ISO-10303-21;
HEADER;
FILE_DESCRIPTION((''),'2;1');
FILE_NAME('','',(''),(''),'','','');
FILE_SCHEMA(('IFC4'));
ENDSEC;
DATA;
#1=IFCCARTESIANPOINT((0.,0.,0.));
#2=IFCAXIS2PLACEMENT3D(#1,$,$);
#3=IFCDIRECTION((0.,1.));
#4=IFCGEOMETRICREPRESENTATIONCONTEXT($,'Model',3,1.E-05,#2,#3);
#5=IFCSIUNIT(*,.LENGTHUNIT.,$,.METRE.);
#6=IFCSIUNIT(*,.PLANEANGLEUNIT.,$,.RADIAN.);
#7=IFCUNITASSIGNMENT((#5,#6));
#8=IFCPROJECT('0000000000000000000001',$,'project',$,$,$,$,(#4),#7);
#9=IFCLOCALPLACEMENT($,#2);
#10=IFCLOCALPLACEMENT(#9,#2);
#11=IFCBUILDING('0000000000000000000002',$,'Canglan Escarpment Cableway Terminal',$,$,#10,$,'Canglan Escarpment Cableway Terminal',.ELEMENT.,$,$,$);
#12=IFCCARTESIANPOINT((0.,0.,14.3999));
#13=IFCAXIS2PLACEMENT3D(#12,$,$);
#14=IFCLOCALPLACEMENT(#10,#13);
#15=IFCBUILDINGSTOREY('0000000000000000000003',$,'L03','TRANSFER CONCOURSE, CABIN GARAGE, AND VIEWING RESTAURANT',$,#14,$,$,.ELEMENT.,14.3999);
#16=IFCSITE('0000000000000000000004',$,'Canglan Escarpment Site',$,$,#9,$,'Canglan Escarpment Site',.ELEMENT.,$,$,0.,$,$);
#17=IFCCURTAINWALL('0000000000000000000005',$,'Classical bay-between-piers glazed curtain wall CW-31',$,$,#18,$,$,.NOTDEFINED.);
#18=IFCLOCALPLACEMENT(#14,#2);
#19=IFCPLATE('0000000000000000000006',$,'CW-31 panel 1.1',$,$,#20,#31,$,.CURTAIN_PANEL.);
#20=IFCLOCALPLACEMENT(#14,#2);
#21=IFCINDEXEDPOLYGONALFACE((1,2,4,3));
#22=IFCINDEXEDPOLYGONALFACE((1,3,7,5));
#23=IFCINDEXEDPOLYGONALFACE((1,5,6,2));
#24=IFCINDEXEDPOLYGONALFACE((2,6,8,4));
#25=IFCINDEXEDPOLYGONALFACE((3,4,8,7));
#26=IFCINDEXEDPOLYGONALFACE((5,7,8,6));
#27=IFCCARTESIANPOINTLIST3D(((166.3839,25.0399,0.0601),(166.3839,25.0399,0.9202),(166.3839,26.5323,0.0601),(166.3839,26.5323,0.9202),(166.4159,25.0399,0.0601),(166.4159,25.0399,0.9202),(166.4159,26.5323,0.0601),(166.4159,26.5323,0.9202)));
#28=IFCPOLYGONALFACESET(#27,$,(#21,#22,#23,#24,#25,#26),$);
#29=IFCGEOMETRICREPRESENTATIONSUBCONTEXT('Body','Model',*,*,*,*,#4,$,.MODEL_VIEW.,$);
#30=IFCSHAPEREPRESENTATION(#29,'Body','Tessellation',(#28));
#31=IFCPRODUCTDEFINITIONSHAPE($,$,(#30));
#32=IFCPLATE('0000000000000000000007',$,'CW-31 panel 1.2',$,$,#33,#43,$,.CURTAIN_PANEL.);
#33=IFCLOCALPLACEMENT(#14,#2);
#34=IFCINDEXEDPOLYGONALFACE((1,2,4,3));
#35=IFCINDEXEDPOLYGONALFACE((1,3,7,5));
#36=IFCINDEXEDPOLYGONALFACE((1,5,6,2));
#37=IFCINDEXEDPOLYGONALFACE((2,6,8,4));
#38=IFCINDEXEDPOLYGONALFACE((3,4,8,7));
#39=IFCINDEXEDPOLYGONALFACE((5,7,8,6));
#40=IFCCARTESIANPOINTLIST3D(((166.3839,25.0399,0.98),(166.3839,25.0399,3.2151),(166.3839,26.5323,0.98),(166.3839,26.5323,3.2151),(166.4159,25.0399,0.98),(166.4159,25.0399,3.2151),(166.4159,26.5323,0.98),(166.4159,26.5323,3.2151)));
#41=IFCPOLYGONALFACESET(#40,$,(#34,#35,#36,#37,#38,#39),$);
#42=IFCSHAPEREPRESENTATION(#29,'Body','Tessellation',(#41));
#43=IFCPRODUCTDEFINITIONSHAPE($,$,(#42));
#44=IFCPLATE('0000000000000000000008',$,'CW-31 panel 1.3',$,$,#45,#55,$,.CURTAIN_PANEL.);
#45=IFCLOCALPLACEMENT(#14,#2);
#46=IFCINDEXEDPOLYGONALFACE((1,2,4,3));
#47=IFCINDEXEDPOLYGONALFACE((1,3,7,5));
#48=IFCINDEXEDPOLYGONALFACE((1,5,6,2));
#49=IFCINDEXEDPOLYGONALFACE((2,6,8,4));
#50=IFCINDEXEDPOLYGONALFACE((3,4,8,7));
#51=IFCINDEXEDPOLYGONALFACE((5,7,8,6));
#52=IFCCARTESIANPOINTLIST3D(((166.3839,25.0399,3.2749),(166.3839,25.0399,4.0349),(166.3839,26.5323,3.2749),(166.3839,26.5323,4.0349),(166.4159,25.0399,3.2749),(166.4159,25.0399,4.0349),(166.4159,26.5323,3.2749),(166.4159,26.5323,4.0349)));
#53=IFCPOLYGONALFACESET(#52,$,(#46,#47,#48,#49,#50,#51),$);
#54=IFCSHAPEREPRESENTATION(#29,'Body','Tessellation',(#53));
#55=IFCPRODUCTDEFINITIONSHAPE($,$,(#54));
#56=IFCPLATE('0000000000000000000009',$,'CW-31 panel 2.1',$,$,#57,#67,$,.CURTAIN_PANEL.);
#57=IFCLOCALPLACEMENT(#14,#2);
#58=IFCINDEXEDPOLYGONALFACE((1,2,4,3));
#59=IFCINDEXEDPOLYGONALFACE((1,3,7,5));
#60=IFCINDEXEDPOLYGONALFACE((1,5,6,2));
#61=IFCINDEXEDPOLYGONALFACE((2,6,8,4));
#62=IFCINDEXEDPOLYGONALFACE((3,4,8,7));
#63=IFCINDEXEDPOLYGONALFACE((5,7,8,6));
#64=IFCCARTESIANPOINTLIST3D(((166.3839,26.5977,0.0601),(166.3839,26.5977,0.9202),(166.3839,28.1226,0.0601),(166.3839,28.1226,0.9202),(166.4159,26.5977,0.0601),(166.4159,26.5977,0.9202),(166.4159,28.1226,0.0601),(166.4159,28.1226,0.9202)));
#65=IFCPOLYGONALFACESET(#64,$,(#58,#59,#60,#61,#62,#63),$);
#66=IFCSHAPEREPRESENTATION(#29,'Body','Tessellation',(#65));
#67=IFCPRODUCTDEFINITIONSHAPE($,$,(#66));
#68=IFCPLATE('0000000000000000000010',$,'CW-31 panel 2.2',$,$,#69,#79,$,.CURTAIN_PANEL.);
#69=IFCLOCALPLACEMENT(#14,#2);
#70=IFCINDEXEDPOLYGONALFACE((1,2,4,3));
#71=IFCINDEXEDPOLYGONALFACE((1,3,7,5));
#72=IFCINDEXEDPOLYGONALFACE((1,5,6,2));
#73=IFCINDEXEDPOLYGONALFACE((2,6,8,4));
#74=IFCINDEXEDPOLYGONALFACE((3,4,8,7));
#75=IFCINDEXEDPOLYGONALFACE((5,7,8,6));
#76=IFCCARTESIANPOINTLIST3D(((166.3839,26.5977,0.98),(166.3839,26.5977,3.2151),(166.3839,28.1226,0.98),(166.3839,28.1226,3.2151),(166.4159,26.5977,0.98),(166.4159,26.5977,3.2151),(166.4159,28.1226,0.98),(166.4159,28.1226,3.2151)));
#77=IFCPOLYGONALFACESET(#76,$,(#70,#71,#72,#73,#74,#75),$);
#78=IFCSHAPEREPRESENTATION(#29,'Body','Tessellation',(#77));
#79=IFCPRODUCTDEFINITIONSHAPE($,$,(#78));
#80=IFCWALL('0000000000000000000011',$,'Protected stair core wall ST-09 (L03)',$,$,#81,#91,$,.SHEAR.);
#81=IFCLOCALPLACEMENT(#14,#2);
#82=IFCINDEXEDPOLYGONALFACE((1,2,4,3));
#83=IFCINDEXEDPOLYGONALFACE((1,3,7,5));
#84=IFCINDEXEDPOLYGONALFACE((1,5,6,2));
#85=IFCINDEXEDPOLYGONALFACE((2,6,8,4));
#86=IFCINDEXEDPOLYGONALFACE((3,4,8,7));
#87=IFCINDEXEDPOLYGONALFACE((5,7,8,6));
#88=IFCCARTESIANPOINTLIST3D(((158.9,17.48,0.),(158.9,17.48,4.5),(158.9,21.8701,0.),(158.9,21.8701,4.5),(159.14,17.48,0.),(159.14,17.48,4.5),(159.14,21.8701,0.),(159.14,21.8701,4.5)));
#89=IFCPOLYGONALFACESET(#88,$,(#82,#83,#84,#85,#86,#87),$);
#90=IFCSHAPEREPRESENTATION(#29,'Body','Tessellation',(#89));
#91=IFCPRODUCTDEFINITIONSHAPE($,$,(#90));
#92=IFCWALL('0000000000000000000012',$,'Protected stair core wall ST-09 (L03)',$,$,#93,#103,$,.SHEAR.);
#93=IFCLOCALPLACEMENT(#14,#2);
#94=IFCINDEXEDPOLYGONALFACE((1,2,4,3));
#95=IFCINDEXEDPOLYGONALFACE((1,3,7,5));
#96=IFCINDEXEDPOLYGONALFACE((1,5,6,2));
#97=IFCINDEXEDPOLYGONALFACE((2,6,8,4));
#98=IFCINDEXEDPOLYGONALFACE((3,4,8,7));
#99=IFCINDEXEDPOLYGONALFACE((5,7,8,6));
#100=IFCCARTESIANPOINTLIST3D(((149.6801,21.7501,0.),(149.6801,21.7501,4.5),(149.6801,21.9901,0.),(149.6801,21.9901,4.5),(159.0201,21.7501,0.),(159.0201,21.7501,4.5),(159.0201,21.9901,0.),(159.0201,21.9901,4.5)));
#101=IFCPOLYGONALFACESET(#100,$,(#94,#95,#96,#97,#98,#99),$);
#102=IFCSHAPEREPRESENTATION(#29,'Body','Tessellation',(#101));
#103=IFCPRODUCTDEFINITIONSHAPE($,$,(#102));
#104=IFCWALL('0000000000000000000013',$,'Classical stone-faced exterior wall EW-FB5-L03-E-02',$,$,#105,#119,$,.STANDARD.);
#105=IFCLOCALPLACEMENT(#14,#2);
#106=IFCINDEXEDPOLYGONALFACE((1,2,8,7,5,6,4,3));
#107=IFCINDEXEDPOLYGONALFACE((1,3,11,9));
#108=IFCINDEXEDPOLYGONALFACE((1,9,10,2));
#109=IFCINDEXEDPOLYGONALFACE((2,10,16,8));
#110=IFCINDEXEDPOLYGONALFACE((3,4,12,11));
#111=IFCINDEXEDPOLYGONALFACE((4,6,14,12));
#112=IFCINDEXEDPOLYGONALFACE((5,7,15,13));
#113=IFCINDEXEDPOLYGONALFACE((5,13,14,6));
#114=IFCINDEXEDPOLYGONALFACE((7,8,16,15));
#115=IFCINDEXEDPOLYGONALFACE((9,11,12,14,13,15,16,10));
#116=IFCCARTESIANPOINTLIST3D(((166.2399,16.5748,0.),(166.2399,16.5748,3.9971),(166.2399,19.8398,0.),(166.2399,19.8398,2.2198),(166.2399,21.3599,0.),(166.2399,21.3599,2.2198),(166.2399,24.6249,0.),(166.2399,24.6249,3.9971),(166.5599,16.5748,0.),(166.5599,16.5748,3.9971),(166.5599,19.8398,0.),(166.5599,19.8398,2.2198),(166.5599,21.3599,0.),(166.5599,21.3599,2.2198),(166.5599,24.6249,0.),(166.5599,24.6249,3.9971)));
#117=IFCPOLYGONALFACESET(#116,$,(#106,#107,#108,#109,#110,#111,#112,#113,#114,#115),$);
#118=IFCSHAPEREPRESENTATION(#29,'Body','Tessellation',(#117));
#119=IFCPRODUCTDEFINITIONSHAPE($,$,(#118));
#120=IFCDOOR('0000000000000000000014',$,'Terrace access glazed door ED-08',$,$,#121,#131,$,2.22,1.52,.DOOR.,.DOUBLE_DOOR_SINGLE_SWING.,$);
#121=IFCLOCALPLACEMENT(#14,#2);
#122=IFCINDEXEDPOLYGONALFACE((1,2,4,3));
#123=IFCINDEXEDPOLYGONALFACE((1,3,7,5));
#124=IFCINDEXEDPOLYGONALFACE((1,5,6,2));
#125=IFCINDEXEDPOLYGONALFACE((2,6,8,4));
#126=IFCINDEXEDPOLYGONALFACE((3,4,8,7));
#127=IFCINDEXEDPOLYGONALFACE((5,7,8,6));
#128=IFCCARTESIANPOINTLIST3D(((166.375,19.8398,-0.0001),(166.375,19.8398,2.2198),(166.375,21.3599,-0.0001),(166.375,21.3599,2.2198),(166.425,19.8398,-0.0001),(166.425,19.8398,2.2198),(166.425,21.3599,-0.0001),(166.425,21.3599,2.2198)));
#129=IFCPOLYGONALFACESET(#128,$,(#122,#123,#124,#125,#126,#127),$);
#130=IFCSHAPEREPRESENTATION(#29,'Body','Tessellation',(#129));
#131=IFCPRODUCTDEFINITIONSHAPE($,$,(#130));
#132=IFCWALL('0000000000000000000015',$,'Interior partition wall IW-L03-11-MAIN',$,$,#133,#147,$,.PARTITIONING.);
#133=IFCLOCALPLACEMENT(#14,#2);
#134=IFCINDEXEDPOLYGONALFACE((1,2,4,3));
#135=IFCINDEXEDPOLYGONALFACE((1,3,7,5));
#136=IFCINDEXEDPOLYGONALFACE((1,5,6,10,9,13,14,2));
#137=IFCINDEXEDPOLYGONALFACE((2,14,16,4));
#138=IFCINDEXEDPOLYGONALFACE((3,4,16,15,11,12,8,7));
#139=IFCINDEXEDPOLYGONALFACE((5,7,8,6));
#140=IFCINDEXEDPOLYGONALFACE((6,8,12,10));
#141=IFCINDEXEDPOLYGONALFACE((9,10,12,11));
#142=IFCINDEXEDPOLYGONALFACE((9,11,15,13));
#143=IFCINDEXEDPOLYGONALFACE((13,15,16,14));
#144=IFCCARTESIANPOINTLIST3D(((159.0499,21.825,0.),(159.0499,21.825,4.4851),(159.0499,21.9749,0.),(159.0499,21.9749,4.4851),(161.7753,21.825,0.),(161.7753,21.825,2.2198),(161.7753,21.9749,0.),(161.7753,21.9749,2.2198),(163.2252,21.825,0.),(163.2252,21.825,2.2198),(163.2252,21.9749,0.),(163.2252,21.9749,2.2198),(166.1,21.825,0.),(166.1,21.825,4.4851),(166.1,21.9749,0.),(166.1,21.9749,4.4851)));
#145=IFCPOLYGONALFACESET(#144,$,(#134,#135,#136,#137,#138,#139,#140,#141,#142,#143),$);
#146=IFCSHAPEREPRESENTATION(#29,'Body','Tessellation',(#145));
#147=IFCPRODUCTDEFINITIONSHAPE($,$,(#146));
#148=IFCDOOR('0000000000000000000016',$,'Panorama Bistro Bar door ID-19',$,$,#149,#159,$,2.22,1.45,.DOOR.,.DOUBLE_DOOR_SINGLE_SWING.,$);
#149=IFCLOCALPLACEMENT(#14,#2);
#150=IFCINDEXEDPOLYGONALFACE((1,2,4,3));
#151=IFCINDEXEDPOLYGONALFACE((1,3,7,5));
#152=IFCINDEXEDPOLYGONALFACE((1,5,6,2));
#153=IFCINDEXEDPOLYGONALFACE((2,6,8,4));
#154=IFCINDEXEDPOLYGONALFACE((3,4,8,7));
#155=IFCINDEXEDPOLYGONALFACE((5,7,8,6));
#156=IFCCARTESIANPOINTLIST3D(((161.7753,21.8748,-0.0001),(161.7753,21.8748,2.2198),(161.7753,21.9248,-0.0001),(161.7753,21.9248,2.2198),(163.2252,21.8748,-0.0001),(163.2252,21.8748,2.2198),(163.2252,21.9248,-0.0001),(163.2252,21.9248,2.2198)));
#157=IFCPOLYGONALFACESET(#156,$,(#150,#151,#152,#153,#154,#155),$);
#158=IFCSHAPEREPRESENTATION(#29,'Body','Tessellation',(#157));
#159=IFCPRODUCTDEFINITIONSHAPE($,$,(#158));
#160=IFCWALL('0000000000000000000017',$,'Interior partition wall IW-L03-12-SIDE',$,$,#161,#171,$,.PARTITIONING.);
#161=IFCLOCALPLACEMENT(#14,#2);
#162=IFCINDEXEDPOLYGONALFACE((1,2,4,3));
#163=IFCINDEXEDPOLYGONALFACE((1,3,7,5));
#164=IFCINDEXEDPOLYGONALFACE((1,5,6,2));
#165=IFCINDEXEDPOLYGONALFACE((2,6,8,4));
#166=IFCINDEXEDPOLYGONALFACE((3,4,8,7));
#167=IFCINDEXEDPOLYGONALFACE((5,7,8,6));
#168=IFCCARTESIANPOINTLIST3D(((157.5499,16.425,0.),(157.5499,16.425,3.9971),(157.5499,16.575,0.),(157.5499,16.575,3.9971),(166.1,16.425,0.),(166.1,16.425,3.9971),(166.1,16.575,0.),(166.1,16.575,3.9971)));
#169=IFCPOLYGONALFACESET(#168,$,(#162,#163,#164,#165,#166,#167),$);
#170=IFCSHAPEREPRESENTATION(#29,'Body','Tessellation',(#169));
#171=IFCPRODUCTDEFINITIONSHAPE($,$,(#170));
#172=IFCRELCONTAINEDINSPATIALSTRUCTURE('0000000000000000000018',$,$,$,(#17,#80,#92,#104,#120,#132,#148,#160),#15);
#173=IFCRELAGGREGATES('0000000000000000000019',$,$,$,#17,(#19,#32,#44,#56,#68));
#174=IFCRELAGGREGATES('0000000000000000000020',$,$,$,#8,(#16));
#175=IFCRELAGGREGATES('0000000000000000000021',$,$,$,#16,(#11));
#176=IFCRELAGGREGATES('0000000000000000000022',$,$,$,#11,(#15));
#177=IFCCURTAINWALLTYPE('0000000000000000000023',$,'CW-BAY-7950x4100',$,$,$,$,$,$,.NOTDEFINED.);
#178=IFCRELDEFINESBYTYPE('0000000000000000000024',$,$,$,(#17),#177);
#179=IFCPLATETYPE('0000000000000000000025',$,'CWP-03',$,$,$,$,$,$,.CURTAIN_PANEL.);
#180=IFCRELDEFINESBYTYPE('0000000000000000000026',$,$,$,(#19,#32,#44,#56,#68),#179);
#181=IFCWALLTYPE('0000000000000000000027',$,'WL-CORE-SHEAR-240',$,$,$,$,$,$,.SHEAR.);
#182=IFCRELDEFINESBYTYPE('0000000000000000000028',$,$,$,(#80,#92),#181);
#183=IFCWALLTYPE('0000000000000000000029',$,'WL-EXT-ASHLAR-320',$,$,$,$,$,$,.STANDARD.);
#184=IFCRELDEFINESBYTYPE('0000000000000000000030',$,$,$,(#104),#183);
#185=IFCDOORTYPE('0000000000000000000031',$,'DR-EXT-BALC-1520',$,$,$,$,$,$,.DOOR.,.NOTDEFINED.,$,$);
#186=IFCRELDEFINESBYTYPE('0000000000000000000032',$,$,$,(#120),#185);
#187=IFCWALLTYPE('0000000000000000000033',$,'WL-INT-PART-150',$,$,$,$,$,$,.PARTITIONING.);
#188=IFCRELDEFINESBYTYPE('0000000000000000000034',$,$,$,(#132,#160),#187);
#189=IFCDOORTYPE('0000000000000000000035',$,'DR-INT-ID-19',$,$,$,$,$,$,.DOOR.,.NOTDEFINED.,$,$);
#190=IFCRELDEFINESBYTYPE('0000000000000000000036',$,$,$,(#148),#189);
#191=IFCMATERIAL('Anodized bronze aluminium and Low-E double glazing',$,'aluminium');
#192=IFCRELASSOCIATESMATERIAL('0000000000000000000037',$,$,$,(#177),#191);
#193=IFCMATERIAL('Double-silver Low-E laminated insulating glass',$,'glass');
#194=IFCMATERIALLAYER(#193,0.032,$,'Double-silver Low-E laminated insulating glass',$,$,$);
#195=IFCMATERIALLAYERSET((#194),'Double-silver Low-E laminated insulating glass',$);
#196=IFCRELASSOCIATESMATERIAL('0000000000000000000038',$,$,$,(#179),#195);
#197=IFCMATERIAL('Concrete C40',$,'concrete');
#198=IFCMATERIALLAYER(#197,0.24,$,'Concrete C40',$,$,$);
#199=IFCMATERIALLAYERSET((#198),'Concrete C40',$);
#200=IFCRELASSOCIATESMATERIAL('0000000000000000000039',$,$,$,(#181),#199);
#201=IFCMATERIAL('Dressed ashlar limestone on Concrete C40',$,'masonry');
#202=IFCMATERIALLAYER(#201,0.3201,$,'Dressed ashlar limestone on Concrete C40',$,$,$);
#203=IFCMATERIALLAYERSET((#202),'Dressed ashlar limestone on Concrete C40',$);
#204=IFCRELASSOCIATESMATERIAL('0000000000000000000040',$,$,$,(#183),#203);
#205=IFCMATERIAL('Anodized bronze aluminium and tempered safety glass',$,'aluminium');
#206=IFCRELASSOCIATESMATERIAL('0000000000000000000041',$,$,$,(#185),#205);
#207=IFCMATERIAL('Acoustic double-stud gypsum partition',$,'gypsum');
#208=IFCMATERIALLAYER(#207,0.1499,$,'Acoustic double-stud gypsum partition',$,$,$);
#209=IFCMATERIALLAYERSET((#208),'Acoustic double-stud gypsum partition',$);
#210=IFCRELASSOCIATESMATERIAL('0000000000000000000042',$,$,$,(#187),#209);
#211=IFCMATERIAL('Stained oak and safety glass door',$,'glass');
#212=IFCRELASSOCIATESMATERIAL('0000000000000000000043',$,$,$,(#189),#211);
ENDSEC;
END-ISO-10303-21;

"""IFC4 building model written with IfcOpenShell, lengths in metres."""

from ifc_helpers import new_model, si_unit, direction, frame, frame_2d, origin, origin_2d, place, context, subcontext, project, spatial, rectangle, extrude, material, layer, layer_set, type_object, element, fill, aggregate, save


model = new_model("IFC4")

# Units and contexts
model_context = context("Model", 3, precision=1e-05, world=origin(), true_north=direction((0.0, 1.0)))
body_context = subcontext(model_context, "Body", "Model", "MODEL_VIEW")
ifc_project = project(units=[si_unit("LENGTHUNIT", "METRE"), si_unit("PLANEANGLEUNIT", "RADIAN")], contexts=[model_context])

# Site, building, storey
site_placement = place(None, origin())
site = spatial("IfcSite", under=ifc_project, at=site_placement, Name="Canglan Escarpment Site", LongName="Canglan Escarpment Site", CompositionType="ELEMENT", RefElevation=0.0)
building_placement = place(site_placement, origin())
building = spatial("IfcBuilding", under=site, at=building_placement, Name="Canglan Escarpment Cableway Terminal", LongName="Canglan Escarpment Cableway Terminal", CompositionType="ELEMENT")
storey_placement = place(building_placement, frame((0.0, 0.0, 14.3999)))
storey = spatial("IfcBuildingStorey", under=building, at=storey_placement, Name="L03", Description="TRANSFER CONCOURSE, CABIN GARAGE, AND VIEWING RESTAURANT", CompositionType="ELEMENT", Elevation=14.3999)

# Curtain wall
ifc_material_1 = material(Name="Anodized bronze aluminium and Low-E double glazing", Category="aluminium")
curtain_wall_type = type_object("IfcCurtainWallType", Name="CW-BAY-7950x4100", PredefinedType="NOTDEFINED", material=ifc_material_1)
curtain_wall_placement = place(storey_placement, origin())
curtain_wall = element("IfcCurtainWall", 1, at=curtain_wall_placement, inside=storey, type_object=curtain_wall_type, Name="Classical bay-between-piers glazed curtain wall CW-31", PredefinedType="NOTDEFINED")

# Plates
ifc_material_2 = material(Name="Double-silver Low-E laminated insulating glass", Category="glass")
ifc_layer_1 = layer(ifc_material_2, 0.032, Name="Double-silver Low-E laminated insulating glass")
ifc_layer_set_1 = layer_set([ifc_layer_1], Name="Double-silver Low-E laminated insulating glass")
plate_type = type_object("IfcPlateType", Name="CWP-03", PredefinedType="CURTAIN_PANEL", material=ifc_layer_set_1)
plate_1_placement = place(storey_placement, frame((166.3999, 25.7861, 0.0601), z_axis=(0.0, 0.0, 1.0), x_axis=(0.0, 1.0, 0.0)))
plate_1 = element("IfcPlate", 2, at=plate_1_placement, type_object=plate_type, Name="CW-31 panel 1.1", PredefinedType="CURTAIN_PANEL", context=body_context, shape_type="SweptSolid", body=[
    extrude(rectangle(XDim=1.4924, YDim=0.032, at=origin_2d()), origin(), (0.0, 0.0, 1.0), 0.8601),
])
plate_2_placement = place(storey_placement, frame((166.3999, 25.7861, 0.98), z_axis=(0.0, 0.0, 1.0), x_axis=(0.0, 1.0, 0.0)))
plate_2 = element("IfcPlate", 3, at=plate_2_placement, type_object=plate_type, Name="CW-31 panel 1.2", PredefinedType="CURTAIN_PANEL", context=body_context, shape_type="SweptSolid", body=[
    extrude(rectangle(XDim=1.4924, YDim=0.032, at=origin_2d()), origin(), (0.0, 0.0, 1.0), 2.2351),
])
plate_3_placement = place(storey_placement, frame((166.3999, 25.7861, 3.2749), z_axis=(0.0, 0.0, 1.0), x_axis=(0.0, 1.0, 0.0)))
plate_3 = element("IfcPlate", 4, at=plate_3_placement, type_object=plate_type, Name="CW-31 panel 1.3", PredefinedType="CURTAIN_PANEL", context=body_context, shape_type="SweptSolid", body=[
    extrude(rectangle(XDim=1.4924, YDim=0.032, at=origin_2d()), origin(), (0.0, 0.0, 1.0), 0.76),
])
plate_4_placement = place(storey_placement, frame((166.3999, 27.3601, 0.0601), z_axis=(0.0, 0.0, 1.0), x_axis=(0.0, 1.0, 0.0)))
plate_4 = element("IfcPlate", 5, at=plate_4_placement, type_object=plate_type, Name="CW-31 panel 2.1", PredefinedType="CURTAIN_PANEL", context=body_context, shape_type="SweptSolid", body=[
    extrude(rectangle(XDim=1.5249, YDim=0.032, at=origin_2d()), origin(), (0.0, 0.0, 1.0), 0.8601),
])
plate_5_placement = place(storey_placement, frame((166.3999, 27.3601, 0.98), z_axis=(0.0, 0.0, 1.0), x_axis=(0.0, 1.0, 0.0)))
plate_5 = element("IfcPlate", 6, at=plate_5_placement, type_object=plate_type, Name="CW-31 panel 2.2", PredefinedType="CURTAIN_PANEL", context=body_context, shape_type="SweptSolid", body=[
    extrude(rectangle(XDim=1.5249, YDim=0.032, at=origin_2d()), origin(), (0.0, 0.0, 1.0), 2.2351),
])
aggregate(curtain_wall, [plate_1, plate_2, plate_3, plate_4, plate_5])

# Walls
ifc_material_3 = material(Name="Concrete C40", Category="concrete")
ifc_layer_2 = layer(ifc_material_3, 0.24, Name="Concrete C40")
ifc_layer_set_2 = layer_set([ifc_layer_2], Name="Concrete C40")
wall_type_1 = type_object("IfcWallType", Name="WL-CORE-SHEAR-240", PredefinedType="SHEAR", material=ifc_layer_set_2)
wall_1_placement = place(storey_placement, frame((159.02, 17.48, 0.0), z_axis=(0.0, 0.0, 1.0), x_axis=(0.0, 1.0, 0.0)))
element("IfcWall", 7, at=wall_1_placement, inside=storey, type_object=wall_type_1, Name="Protected stair core wall ST-09 (L03)", PredefinedType="SHEAR", context=body_context, shape_type="SweptSolid", body=[
    extrude(rectangle(XDim=4.3901, YDim=0.24, at=frame_2d((2.1951, 0.0))), origin(), (0.0, 0.0, 1.0), 4.5),
])
wall_2_placement = place(storey_placement, frame((159.02, 21.8701, 0.0), z_axis=(0.0, 0.0, 1.0), x_axis=(-1.0, 0.0, 0.0)))
element("IfcWall", 8, at=wall_2_placement, inside=storey, type_object=wall_type_1, Name="Protected stair core wall ST-09 (L03)", PredefinedType="SHEAR", context=body_context, shape_type="SweptSolid", body=[
    extrude(rectangle(XDim=9.3401, YDim=0.24, at=frame_2d((4.6699, 0.0))), origin(), (0.0, 0.0, 1.0), 4.5),
])

# Walls, openings, doors
ifc_material_4 = material(Name="Dressed ashlar limestone on Concrete C40", Category="masonry")
ifc_layer_3 = layer(ifc_material_4, 0.3201, Name="Dressed ashlar limestone on Concrete C40")
ifc_layer_set_3 = layer_set([ifc_layer_3], Name="Dressed ashlar limestone on Concrete C40")
wall_type_2 = type_object("IfcWallType", Name="WL-EXT-ASHLAR-320", PredefinedType="STANDARD", material=ifc_layer_set_3)
wall_3_placement = place(storey_placement, frame((166.3999, 16.575, 0.0), z_axis=(0.0, 0.0, 1.0), x_axis=(0.0, 1.0, 0.0)))
wall_3 = element("IfcWall", 9, at=wall_3_placement, inside=storey, type_object=wall_type_2, Name="Classical stone-faced exterior wall EW-FB5-L03-E-02", PredefinedType="STANDARD", context=body_context, shape_type="SweptSolid", body=[
    extrude(rectangle(XDim=8.05, YDim=0.3201, at=frame_2d((4.0249, 0.0))), origin(), (0.0, 0.0, 1.0), 3.9971),
])
opening_1_placement = place(wall_3_placement, frame((3.2649, 0.0, 0.0)))
opening_1 = element("IfcOpeningElement", 10, at=opening_1_placement, cuts=wall_3, PredefinedType="OPENING", context=body_context, shape_type="SweptSolid", body=[
    extrude(rectangle(XDim=1.52, YDim=2.22, at=frame_2d((0.76, 1.1099))), frame((0.0, 0.1699, 0.0), z_axis=(0.0, -1.0, 0.0), x_axis=(1.0, 0.0, 0.0)), (0.0, 0.0, 1.0), 0.3401),
])
ifc_material_5 = material(Name="Anodized bronze aluminium and tempered safety glass", Category="aluminium")
door_type_1 = type_object("IfcDoorType", Name="DR-EXT-BALC-1520", OperationType="NOTDEFINED", PredefinedType="DOOR", material=ifc_material_5)
door_1_placement = place(opening_1_placement, origin())
door_1 = element("IfcDoor", 11, at=door_1_placement, inside=storey, type_object=door_type_1, Name="Terrace access glazed door ED-08", OperationType="DOUBLE_DOOR_SINGLE_SWING", OverallHeight=2.22, OverallWidth=1.52, PredefinedType="DOOR", context=body_context, shape_type="SweptSolid", body=[
    extrude(rectangle(XDim=1.52, YDim=2.22, at=frame_2d((0.76, 1.1099))), frame((0.0, 0.0249, 0.0), z_axis=(0.0, -1.0, 0.0), x_axis=(1.0, 0.0, 0.0)), (0.0, 0.0, 1.0), 0.05),
])
fill(opening_1, door_1)
ifc_material_6 = material(Name="Acoustic double-stud gypsum partition", Category="gypsum")
ifc_layer_4 = layer(ifc_material_6, 0.1499, Name="Acoustic double-stud gypsum partition")
ifc_layer_set_4 = layer_set([ifc_layer_4], Name="Acoustic double-stud gypsum partition")
wall_type_3 = type_object("IfcWallType", Name="WL-INT-PART-150", PredefinedType="PARTITIONING", material=ifc_layer_set_4)
wall_4_placement = place(storey_placement, frame((159.05, 21.8999, 0.0), z_axis=(0.0, 0.0, 1.0), x_axis=(1.0, 0.0, 0.0)))
wall_4 = element("IfcWall", 12, at=wall_4_placement, inside=storey, type_object=wall_type_3, Name="Interior partition wall IW-L03-11-MAIN", PredefinedType="PARTITIONING", context=body_context, shape_type="SweptSolid", body=[
    extrude(rectangle(XDim=7.05, YDim=0.1499, at=frame_2d((3.5249, 0.0))), origin(), (0.0, 0.0, 1.0), 4.4851),
])
opening_2_placement = place(wall_4_placement, frame((2.7251, 0.0, 0.0)))
opening_2 = element("IfcOpeningElement", 13, at=opening_2_placement, cuts=wall_4, PredefinedType="OPENING", context=body_context, shape_type="SweptSolid", body=[
    extrude(rectangle(XDim=1.45, YDim=2.22, at=frame_2d((0.7251, 1.1099))), frame((0.0, 0.085, 0.0), z_axis=(0.0, -1.0, 0.0), x_axis=(1.0, 0.0, 0.0)), (0.0, 0.0, 1.0), 0.1699),
])
ifc_material_7 = material(Name="Stained oak and safety glass door", Category="glass")
door_type_2 = type_object("IfcDoorType", Name="DR-INT-ID-19", OperationType="NOTDEFINED", PredefinedType="DOOR", material=ifc_material_7)
door_2_placement = place(opening_2_placement, origin())
door_2 = element("IfcDoor", 14, at=door_2_placement, inside=storey, type_object=door_type_2, Name="Panorama Bistro Bar door ID-19", OperationType="DOUBLE_DOOR_SINGLE_SWING", OverallHeight=2.22, OverallWidth=1.45, PredefinedType="DOOR", context=body_context, shape_type="SweptSolid", body=[
    extrude(rectangle(XDim=1.45, YDim=2.22, at=frame_2d((0.7251, 1.1099))), frame((0.0, 0.0249, 0.0), z_axis=(0.0, -1.0, 0.0), x_axis=(1.0, 0.0, 0.0)), (0.0, 0.0, 1.0), 0.05),
])
fill(opening_2, door_2)

# Wall
wall_5_placement = place(storey_placement, frame((157.55, 16.5, 0.0), z_axis=(0.0, 0.0, 1.0), x_axis=(1.0, 0.0, 0.0)))
element("IfcWall", 15, at=wall_5_placement, inside=storey, type_object=wall_type_3, Name="Interior partition wall IW-L03-12-SIDE", PredefinedType="PARTITIONING", context=body_context, shape_type="SweptSolid", body=[
    extrude(rectangle(XDim=8.55, YDim=0.1499, at=frame_2d((4.2749, 0.0))), origin(), (0.0, 0.0, 1.0), 3.9971),
])

save(model, "model.ifc")
